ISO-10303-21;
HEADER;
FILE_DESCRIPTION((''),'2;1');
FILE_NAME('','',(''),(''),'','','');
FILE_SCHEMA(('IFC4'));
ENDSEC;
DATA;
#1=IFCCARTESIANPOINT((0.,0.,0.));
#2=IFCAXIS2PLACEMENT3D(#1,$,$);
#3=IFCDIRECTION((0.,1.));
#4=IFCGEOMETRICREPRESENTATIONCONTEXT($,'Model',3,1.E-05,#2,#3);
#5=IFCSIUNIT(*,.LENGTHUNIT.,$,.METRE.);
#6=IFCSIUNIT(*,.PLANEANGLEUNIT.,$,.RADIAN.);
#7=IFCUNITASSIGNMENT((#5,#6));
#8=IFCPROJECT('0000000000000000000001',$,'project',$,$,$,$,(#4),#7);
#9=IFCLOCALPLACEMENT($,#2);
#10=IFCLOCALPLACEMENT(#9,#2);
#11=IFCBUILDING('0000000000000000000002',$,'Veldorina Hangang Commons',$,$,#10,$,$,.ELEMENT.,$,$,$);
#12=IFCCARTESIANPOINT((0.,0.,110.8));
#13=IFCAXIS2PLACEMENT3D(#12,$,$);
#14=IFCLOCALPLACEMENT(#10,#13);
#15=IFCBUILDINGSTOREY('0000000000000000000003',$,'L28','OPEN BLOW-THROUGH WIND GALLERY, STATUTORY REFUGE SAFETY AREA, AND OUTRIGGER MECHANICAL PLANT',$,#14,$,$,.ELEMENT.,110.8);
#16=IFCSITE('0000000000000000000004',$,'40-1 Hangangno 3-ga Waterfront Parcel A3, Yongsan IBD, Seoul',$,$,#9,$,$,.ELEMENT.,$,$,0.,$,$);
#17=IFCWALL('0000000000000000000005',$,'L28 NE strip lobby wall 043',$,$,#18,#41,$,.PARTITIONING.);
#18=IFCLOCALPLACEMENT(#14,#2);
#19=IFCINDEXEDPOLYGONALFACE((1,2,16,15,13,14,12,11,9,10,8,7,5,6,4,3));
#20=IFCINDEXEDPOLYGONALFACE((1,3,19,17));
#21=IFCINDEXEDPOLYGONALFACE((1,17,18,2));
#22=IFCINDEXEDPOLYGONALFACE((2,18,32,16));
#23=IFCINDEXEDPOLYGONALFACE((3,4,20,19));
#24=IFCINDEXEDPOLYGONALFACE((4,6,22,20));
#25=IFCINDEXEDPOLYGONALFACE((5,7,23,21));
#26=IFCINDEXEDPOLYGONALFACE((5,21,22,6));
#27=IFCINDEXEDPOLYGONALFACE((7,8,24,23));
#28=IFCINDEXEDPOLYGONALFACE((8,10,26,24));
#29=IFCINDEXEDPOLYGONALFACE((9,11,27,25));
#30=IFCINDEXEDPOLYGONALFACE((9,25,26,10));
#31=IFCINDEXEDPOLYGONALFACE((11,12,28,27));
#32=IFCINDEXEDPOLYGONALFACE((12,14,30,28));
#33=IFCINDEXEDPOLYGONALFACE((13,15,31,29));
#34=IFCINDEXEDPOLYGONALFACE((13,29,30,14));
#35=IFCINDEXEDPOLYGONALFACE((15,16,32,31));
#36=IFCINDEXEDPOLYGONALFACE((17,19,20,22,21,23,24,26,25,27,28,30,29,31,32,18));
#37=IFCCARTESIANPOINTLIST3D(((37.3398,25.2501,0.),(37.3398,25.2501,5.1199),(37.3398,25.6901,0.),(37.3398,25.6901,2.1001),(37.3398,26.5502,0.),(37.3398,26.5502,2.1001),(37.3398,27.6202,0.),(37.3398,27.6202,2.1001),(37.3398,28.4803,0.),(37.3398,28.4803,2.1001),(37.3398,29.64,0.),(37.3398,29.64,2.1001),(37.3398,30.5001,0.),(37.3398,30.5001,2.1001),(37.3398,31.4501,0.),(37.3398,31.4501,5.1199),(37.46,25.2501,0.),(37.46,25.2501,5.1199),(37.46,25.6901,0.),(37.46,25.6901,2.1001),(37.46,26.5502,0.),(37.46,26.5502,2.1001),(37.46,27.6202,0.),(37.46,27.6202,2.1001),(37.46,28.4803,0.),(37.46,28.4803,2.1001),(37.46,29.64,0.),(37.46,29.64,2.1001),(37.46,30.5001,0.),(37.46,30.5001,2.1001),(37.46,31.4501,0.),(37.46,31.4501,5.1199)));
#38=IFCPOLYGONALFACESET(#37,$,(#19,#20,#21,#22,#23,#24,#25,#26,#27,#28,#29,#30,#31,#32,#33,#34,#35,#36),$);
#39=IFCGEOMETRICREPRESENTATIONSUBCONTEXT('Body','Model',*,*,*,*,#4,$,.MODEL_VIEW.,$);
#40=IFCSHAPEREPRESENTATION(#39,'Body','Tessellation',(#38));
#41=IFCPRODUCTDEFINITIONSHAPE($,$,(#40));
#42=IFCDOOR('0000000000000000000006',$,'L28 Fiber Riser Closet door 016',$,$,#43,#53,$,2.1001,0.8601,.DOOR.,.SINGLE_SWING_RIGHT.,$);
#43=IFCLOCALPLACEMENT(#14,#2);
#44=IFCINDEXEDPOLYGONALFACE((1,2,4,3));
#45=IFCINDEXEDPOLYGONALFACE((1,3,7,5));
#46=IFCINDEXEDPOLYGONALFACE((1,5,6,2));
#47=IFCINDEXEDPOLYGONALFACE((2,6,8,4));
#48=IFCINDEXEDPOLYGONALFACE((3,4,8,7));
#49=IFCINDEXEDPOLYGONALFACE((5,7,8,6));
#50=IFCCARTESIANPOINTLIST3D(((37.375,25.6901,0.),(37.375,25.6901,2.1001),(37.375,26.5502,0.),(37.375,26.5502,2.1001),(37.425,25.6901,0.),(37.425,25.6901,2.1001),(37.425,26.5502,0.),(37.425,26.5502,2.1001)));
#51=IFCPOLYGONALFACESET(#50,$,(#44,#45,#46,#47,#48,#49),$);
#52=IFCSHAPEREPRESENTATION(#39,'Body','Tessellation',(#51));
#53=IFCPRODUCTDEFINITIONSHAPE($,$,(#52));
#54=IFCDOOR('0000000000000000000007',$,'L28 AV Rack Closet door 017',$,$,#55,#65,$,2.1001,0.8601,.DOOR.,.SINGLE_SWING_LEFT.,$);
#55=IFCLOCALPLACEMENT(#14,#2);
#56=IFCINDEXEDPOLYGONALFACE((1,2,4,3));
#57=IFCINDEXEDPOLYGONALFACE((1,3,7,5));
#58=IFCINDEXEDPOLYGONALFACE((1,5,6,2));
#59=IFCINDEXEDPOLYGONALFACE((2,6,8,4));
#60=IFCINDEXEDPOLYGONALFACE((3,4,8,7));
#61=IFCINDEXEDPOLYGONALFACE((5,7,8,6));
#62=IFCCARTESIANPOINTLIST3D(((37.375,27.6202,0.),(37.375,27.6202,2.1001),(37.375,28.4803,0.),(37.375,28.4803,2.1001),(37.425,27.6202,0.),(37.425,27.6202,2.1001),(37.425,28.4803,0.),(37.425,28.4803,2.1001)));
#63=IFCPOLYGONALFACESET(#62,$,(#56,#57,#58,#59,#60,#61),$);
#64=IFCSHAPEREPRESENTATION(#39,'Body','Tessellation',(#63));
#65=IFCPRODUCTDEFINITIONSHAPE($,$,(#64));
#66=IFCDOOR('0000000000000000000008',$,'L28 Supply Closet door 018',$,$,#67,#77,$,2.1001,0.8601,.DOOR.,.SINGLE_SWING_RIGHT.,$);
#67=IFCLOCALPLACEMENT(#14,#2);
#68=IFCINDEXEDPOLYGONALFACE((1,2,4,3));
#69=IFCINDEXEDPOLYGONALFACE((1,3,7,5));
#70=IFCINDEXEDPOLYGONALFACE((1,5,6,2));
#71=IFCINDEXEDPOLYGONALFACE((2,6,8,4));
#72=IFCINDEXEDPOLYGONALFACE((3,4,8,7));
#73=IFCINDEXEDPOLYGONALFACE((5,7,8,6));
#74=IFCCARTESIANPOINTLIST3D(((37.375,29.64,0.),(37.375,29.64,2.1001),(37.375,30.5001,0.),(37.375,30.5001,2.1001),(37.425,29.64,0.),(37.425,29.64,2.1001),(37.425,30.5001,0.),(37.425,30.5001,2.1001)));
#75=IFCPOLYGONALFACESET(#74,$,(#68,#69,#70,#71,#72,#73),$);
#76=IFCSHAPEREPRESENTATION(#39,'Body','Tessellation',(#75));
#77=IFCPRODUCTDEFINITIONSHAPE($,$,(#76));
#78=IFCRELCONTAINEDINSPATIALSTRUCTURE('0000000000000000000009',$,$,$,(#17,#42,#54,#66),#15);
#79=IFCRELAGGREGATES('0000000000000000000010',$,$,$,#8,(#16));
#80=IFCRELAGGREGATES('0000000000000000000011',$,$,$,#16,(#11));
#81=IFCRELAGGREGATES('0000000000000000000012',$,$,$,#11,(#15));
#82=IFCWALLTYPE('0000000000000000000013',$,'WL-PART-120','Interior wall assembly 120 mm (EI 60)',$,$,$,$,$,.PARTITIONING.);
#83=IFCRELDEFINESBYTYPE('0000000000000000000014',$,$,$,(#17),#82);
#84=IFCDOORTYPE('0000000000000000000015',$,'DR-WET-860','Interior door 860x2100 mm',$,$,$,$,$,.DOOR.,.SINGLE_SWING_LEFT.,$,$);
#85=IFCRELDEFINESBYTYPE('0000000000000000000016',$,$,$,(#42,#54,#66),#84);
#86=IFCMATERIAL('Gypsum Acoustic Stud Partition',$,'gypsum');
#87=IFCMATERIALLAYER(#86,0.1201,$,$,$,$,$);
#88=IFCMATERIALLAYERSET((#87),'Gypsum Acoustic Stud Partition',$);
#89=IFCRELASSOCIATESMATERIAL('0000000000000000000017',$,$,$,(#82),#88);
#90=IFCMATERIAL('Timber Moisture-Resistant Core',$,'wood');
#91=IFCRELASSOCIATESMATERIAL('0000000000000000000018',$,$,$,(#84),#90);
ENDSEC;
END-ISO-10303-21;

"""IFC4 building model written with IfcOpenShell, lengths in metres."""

from ifc_helpers import new_model, si_unit, direction, frame, frame_2d, origin, place, context, subcontext, project, spatial, rectangle, extrude, material, layer, layer_set, type_object, element, fill, save


model = new_model("IFC4")

# Units and contexts
model_context = context("Model", 3, precision=1e-05, world=origin(), true_north=direction((0.0, 1.0)))
body_context = subcontext(model_context, "Body", "Model", "MODEL_VIEW")
ifc_project = project(units=[si_unit("LENGTHUNIT", "METRE"), si_unit("PLANEANGLEUNIT", "RADIAN")], contexts=[model_context])

# Site, building, storey
site_placement = place(None, origin())
site = spatial("IfcSite", under=ifc_project, at=site_placement, Name="40-1 Hangangno 3-ga Waterfront Parcel A3, Yongsan IBD, Seoul", CompositionType="ELEMENT", RefElevation=0.0)
building_placement = place(site_placement, origin())
building = spatial("IfcBuilding", under=site, at=building_placement, Name="Veldorina Hangang Commons", CompositionType="ELEMENT")
storey_placement = place(building_placement, frame((0.0, 0.0, 110.8)))
storey = spatial("IfcBuildingStorey", under=building, at=storey_placement, Name="L28", Description="OPEN BLOW-THROUGH WIND GALLERY, STATUTORY REFUGE SAFETY AREA, AND OUTRIGGER MECHANICAL PLANT", CompositionType="ELEMENT", Elevation=110.8)

# Wall, openings, doors
ifc_material_1 = material(Name="Gypsum Acoustic Stud Partition", Category="gypsum")
ifc_layer_1 = layer(ifc_material_1, 0.1201)
ifc_layer_set_1 = layer_set([ifc_layer_1], Name="Gypsum Acoustic Stud Partition")
wall_type_1 = type_object("IfcWallType", Name="WL-PART-120", Description="Interior wall assembly 120 mm (EI 60)", PredefinedType="PARTITIONING", material=ifc_layer_set_1)
wall_1_placement = place(storey_placement, frame((37.3999, 25.25, 0.0), z_axis=(0.0, 0.0, 1.0), x_axis=(0.0, 1.0, 0.0)))
wall_1 = element("IfcWall", 1, at=wall_1_placement, inside=storey, type_object=wall_type_1, Name="L28 NE strip lobby wall 043", PredefinedType="PARTITIONING", context=body_context, shape_type="SweptSolid", body=[
    extrude(rectangle(XDim=6.2, YDim=0.1201, at=frame_2d((3.1001, 0.0))), origin(), (0.0, 0.0, 1.0), 5.1199),
])
opening_1_placement = place(wall_1_placement, frame((0.4399, 0.0, 0.0)))
opening_1 = element("IfcOpeningElement", 2, at=opening_1_placement, cuts=wall_1, PredefinedType="OPENING", context=body_context, shape_type="SweptSolid", body=[
    extrude(rectangle(XDim=0.8601, YDim=2.1001, at=frame_2d((0.4302, 1.05))), frame((0.0, 0.0701, 0.0), z_axis=(0.0, -1.0, 0.0), x_axis=(1.0, 0.0, 0.0)), (0.0, 0.0, 1.0), 0.1401),
])
opening_2_placement = place(wall_1_placement, frame((2.3701, 0.0, 0.0)))
opening_2 = element("IfcOpeningElement", 3, at=opening_2_placement, cuts=wall_1, PredefinedType="OPENING", context=body_context, shape_type="SweptSolid", body=[
    extrude(rectangle(XDim=0.8601, YDim=2.1001, at=frame_2d((0.4302, 1.05))), frame((0.0, 0.0701, 0.0), z_axis=(0.0, -1.0, 0.0), x_axis=(1.0, 0.0, 0.0)), (0.0, 0.0, 1.0), 0.1401),
])
opening_3_placement = place(wall_1_placement, frame((4.3899, 0.0, 0.0)))
opening_3 = element("IfcOpeningElement", 4, at=opening_3_placement, cuts=wall_1, PredefinedType="OPENING", context=body_context, shape_type="SweptSolid", body=[
    extrude(rectangle(XDim=0.8601, YDim=2.1001, at=frame_2d((0.4302, 1.05))), frame((0.0, 0.0701, 0.0), z_axis=(0.0, -1.0, 0.0), x_axis=(1.0, 0.0, 0.0)), (0.0, 0.0, 1.0), 0.1401),
])
ifc_material_2 = material(Name="Timber Moisture-Resistant Core", Category="wood")
door_type_1 = type_object("IfcDoorType", Name="DR-WET-860", Description="Interior door 860x2100 mm", OperationType="SINGLE_SWING_LEFT", PredefinedType="DOOR", material=ifc_material_2)
door_1_placement = place(opening_1_placement, origin())
door_1 = element("IfcDoor", 5, at=door_1_placement, inside=storey, type_object=door_type_1, Name="L28 Fiber Riser Closet door 016", OperationType="SINGLE_SWING_RIGHT", OverallHeight=2.1001, OverallWidth=0.8601, PredefinedType="DOOR", context=body_context, shape_type="SweptSolid", body=[
    extrude(rectangle(XDim=0.8601, YDim=2.1001, at=frame_2d((0.4302, 1.05))), frame((0.0, 0.0249, 0.0), z_axis=(0.0, -1.0, 0.0), x_axis=(1.0, 0.0, 0.0)), (0.0, 0.0, 1.0), 0.05),
])
fill(opening_1, door_1)
door_2_placement = place(opening_2_placement, origin())
door_2 = element("IfcDoor", 6, at=door_2_placement, inside=storey, type_object=door_type_1, Name="L28 AV Rack Closet door 017", OperationType="SINGLE_SWING_LEFT", OverallHeight=2.1001, OverallWidth=0.8601, PredefinedType="DOOR", context=body_context, shape_type="SweptSolid", body=[
    extrude(rectangle(XDim=0.8601, YDim=2.1001, at=frame_2d((0.4302, 1.05))), frame((0.0, 0.0249, 0.0), z_axis=(0.0, -1.0, 0.0), x_axis=(1.0, 0.0, 0.0)), (0.0, 0.0, 1.0), 0.05),
])
fill(opening_2, door_2)
door_3_placement = place(opening_3_placement, origin())
door_3 = element("IfcDoor", 7, at=door_3_placement, inside=storey, type_object=door_type_1, Name="L28 Supply Closet door 018", OperationType="SINGLE_SWING_RIGHT", OverallHeight=2.1001, OverallWidth=0.8601, PredefinedType="DOOR", context=body_context, shape_type="SweptSolid", body=[
    extrude(rectangle(XDim=0.8601, YDim=2.1001, at=frame_2d((0.4302, 1.05))), frame((0.0, 0.0249, 0.0), z_axis=(0.0, -1.0, 0.0), x_axis=(1.0, 0.0, 0.0)), (0.0, 0.0, 1.0), 0.05),
])
fill(opening_3, door_3)

save(model, "model.ifc")
